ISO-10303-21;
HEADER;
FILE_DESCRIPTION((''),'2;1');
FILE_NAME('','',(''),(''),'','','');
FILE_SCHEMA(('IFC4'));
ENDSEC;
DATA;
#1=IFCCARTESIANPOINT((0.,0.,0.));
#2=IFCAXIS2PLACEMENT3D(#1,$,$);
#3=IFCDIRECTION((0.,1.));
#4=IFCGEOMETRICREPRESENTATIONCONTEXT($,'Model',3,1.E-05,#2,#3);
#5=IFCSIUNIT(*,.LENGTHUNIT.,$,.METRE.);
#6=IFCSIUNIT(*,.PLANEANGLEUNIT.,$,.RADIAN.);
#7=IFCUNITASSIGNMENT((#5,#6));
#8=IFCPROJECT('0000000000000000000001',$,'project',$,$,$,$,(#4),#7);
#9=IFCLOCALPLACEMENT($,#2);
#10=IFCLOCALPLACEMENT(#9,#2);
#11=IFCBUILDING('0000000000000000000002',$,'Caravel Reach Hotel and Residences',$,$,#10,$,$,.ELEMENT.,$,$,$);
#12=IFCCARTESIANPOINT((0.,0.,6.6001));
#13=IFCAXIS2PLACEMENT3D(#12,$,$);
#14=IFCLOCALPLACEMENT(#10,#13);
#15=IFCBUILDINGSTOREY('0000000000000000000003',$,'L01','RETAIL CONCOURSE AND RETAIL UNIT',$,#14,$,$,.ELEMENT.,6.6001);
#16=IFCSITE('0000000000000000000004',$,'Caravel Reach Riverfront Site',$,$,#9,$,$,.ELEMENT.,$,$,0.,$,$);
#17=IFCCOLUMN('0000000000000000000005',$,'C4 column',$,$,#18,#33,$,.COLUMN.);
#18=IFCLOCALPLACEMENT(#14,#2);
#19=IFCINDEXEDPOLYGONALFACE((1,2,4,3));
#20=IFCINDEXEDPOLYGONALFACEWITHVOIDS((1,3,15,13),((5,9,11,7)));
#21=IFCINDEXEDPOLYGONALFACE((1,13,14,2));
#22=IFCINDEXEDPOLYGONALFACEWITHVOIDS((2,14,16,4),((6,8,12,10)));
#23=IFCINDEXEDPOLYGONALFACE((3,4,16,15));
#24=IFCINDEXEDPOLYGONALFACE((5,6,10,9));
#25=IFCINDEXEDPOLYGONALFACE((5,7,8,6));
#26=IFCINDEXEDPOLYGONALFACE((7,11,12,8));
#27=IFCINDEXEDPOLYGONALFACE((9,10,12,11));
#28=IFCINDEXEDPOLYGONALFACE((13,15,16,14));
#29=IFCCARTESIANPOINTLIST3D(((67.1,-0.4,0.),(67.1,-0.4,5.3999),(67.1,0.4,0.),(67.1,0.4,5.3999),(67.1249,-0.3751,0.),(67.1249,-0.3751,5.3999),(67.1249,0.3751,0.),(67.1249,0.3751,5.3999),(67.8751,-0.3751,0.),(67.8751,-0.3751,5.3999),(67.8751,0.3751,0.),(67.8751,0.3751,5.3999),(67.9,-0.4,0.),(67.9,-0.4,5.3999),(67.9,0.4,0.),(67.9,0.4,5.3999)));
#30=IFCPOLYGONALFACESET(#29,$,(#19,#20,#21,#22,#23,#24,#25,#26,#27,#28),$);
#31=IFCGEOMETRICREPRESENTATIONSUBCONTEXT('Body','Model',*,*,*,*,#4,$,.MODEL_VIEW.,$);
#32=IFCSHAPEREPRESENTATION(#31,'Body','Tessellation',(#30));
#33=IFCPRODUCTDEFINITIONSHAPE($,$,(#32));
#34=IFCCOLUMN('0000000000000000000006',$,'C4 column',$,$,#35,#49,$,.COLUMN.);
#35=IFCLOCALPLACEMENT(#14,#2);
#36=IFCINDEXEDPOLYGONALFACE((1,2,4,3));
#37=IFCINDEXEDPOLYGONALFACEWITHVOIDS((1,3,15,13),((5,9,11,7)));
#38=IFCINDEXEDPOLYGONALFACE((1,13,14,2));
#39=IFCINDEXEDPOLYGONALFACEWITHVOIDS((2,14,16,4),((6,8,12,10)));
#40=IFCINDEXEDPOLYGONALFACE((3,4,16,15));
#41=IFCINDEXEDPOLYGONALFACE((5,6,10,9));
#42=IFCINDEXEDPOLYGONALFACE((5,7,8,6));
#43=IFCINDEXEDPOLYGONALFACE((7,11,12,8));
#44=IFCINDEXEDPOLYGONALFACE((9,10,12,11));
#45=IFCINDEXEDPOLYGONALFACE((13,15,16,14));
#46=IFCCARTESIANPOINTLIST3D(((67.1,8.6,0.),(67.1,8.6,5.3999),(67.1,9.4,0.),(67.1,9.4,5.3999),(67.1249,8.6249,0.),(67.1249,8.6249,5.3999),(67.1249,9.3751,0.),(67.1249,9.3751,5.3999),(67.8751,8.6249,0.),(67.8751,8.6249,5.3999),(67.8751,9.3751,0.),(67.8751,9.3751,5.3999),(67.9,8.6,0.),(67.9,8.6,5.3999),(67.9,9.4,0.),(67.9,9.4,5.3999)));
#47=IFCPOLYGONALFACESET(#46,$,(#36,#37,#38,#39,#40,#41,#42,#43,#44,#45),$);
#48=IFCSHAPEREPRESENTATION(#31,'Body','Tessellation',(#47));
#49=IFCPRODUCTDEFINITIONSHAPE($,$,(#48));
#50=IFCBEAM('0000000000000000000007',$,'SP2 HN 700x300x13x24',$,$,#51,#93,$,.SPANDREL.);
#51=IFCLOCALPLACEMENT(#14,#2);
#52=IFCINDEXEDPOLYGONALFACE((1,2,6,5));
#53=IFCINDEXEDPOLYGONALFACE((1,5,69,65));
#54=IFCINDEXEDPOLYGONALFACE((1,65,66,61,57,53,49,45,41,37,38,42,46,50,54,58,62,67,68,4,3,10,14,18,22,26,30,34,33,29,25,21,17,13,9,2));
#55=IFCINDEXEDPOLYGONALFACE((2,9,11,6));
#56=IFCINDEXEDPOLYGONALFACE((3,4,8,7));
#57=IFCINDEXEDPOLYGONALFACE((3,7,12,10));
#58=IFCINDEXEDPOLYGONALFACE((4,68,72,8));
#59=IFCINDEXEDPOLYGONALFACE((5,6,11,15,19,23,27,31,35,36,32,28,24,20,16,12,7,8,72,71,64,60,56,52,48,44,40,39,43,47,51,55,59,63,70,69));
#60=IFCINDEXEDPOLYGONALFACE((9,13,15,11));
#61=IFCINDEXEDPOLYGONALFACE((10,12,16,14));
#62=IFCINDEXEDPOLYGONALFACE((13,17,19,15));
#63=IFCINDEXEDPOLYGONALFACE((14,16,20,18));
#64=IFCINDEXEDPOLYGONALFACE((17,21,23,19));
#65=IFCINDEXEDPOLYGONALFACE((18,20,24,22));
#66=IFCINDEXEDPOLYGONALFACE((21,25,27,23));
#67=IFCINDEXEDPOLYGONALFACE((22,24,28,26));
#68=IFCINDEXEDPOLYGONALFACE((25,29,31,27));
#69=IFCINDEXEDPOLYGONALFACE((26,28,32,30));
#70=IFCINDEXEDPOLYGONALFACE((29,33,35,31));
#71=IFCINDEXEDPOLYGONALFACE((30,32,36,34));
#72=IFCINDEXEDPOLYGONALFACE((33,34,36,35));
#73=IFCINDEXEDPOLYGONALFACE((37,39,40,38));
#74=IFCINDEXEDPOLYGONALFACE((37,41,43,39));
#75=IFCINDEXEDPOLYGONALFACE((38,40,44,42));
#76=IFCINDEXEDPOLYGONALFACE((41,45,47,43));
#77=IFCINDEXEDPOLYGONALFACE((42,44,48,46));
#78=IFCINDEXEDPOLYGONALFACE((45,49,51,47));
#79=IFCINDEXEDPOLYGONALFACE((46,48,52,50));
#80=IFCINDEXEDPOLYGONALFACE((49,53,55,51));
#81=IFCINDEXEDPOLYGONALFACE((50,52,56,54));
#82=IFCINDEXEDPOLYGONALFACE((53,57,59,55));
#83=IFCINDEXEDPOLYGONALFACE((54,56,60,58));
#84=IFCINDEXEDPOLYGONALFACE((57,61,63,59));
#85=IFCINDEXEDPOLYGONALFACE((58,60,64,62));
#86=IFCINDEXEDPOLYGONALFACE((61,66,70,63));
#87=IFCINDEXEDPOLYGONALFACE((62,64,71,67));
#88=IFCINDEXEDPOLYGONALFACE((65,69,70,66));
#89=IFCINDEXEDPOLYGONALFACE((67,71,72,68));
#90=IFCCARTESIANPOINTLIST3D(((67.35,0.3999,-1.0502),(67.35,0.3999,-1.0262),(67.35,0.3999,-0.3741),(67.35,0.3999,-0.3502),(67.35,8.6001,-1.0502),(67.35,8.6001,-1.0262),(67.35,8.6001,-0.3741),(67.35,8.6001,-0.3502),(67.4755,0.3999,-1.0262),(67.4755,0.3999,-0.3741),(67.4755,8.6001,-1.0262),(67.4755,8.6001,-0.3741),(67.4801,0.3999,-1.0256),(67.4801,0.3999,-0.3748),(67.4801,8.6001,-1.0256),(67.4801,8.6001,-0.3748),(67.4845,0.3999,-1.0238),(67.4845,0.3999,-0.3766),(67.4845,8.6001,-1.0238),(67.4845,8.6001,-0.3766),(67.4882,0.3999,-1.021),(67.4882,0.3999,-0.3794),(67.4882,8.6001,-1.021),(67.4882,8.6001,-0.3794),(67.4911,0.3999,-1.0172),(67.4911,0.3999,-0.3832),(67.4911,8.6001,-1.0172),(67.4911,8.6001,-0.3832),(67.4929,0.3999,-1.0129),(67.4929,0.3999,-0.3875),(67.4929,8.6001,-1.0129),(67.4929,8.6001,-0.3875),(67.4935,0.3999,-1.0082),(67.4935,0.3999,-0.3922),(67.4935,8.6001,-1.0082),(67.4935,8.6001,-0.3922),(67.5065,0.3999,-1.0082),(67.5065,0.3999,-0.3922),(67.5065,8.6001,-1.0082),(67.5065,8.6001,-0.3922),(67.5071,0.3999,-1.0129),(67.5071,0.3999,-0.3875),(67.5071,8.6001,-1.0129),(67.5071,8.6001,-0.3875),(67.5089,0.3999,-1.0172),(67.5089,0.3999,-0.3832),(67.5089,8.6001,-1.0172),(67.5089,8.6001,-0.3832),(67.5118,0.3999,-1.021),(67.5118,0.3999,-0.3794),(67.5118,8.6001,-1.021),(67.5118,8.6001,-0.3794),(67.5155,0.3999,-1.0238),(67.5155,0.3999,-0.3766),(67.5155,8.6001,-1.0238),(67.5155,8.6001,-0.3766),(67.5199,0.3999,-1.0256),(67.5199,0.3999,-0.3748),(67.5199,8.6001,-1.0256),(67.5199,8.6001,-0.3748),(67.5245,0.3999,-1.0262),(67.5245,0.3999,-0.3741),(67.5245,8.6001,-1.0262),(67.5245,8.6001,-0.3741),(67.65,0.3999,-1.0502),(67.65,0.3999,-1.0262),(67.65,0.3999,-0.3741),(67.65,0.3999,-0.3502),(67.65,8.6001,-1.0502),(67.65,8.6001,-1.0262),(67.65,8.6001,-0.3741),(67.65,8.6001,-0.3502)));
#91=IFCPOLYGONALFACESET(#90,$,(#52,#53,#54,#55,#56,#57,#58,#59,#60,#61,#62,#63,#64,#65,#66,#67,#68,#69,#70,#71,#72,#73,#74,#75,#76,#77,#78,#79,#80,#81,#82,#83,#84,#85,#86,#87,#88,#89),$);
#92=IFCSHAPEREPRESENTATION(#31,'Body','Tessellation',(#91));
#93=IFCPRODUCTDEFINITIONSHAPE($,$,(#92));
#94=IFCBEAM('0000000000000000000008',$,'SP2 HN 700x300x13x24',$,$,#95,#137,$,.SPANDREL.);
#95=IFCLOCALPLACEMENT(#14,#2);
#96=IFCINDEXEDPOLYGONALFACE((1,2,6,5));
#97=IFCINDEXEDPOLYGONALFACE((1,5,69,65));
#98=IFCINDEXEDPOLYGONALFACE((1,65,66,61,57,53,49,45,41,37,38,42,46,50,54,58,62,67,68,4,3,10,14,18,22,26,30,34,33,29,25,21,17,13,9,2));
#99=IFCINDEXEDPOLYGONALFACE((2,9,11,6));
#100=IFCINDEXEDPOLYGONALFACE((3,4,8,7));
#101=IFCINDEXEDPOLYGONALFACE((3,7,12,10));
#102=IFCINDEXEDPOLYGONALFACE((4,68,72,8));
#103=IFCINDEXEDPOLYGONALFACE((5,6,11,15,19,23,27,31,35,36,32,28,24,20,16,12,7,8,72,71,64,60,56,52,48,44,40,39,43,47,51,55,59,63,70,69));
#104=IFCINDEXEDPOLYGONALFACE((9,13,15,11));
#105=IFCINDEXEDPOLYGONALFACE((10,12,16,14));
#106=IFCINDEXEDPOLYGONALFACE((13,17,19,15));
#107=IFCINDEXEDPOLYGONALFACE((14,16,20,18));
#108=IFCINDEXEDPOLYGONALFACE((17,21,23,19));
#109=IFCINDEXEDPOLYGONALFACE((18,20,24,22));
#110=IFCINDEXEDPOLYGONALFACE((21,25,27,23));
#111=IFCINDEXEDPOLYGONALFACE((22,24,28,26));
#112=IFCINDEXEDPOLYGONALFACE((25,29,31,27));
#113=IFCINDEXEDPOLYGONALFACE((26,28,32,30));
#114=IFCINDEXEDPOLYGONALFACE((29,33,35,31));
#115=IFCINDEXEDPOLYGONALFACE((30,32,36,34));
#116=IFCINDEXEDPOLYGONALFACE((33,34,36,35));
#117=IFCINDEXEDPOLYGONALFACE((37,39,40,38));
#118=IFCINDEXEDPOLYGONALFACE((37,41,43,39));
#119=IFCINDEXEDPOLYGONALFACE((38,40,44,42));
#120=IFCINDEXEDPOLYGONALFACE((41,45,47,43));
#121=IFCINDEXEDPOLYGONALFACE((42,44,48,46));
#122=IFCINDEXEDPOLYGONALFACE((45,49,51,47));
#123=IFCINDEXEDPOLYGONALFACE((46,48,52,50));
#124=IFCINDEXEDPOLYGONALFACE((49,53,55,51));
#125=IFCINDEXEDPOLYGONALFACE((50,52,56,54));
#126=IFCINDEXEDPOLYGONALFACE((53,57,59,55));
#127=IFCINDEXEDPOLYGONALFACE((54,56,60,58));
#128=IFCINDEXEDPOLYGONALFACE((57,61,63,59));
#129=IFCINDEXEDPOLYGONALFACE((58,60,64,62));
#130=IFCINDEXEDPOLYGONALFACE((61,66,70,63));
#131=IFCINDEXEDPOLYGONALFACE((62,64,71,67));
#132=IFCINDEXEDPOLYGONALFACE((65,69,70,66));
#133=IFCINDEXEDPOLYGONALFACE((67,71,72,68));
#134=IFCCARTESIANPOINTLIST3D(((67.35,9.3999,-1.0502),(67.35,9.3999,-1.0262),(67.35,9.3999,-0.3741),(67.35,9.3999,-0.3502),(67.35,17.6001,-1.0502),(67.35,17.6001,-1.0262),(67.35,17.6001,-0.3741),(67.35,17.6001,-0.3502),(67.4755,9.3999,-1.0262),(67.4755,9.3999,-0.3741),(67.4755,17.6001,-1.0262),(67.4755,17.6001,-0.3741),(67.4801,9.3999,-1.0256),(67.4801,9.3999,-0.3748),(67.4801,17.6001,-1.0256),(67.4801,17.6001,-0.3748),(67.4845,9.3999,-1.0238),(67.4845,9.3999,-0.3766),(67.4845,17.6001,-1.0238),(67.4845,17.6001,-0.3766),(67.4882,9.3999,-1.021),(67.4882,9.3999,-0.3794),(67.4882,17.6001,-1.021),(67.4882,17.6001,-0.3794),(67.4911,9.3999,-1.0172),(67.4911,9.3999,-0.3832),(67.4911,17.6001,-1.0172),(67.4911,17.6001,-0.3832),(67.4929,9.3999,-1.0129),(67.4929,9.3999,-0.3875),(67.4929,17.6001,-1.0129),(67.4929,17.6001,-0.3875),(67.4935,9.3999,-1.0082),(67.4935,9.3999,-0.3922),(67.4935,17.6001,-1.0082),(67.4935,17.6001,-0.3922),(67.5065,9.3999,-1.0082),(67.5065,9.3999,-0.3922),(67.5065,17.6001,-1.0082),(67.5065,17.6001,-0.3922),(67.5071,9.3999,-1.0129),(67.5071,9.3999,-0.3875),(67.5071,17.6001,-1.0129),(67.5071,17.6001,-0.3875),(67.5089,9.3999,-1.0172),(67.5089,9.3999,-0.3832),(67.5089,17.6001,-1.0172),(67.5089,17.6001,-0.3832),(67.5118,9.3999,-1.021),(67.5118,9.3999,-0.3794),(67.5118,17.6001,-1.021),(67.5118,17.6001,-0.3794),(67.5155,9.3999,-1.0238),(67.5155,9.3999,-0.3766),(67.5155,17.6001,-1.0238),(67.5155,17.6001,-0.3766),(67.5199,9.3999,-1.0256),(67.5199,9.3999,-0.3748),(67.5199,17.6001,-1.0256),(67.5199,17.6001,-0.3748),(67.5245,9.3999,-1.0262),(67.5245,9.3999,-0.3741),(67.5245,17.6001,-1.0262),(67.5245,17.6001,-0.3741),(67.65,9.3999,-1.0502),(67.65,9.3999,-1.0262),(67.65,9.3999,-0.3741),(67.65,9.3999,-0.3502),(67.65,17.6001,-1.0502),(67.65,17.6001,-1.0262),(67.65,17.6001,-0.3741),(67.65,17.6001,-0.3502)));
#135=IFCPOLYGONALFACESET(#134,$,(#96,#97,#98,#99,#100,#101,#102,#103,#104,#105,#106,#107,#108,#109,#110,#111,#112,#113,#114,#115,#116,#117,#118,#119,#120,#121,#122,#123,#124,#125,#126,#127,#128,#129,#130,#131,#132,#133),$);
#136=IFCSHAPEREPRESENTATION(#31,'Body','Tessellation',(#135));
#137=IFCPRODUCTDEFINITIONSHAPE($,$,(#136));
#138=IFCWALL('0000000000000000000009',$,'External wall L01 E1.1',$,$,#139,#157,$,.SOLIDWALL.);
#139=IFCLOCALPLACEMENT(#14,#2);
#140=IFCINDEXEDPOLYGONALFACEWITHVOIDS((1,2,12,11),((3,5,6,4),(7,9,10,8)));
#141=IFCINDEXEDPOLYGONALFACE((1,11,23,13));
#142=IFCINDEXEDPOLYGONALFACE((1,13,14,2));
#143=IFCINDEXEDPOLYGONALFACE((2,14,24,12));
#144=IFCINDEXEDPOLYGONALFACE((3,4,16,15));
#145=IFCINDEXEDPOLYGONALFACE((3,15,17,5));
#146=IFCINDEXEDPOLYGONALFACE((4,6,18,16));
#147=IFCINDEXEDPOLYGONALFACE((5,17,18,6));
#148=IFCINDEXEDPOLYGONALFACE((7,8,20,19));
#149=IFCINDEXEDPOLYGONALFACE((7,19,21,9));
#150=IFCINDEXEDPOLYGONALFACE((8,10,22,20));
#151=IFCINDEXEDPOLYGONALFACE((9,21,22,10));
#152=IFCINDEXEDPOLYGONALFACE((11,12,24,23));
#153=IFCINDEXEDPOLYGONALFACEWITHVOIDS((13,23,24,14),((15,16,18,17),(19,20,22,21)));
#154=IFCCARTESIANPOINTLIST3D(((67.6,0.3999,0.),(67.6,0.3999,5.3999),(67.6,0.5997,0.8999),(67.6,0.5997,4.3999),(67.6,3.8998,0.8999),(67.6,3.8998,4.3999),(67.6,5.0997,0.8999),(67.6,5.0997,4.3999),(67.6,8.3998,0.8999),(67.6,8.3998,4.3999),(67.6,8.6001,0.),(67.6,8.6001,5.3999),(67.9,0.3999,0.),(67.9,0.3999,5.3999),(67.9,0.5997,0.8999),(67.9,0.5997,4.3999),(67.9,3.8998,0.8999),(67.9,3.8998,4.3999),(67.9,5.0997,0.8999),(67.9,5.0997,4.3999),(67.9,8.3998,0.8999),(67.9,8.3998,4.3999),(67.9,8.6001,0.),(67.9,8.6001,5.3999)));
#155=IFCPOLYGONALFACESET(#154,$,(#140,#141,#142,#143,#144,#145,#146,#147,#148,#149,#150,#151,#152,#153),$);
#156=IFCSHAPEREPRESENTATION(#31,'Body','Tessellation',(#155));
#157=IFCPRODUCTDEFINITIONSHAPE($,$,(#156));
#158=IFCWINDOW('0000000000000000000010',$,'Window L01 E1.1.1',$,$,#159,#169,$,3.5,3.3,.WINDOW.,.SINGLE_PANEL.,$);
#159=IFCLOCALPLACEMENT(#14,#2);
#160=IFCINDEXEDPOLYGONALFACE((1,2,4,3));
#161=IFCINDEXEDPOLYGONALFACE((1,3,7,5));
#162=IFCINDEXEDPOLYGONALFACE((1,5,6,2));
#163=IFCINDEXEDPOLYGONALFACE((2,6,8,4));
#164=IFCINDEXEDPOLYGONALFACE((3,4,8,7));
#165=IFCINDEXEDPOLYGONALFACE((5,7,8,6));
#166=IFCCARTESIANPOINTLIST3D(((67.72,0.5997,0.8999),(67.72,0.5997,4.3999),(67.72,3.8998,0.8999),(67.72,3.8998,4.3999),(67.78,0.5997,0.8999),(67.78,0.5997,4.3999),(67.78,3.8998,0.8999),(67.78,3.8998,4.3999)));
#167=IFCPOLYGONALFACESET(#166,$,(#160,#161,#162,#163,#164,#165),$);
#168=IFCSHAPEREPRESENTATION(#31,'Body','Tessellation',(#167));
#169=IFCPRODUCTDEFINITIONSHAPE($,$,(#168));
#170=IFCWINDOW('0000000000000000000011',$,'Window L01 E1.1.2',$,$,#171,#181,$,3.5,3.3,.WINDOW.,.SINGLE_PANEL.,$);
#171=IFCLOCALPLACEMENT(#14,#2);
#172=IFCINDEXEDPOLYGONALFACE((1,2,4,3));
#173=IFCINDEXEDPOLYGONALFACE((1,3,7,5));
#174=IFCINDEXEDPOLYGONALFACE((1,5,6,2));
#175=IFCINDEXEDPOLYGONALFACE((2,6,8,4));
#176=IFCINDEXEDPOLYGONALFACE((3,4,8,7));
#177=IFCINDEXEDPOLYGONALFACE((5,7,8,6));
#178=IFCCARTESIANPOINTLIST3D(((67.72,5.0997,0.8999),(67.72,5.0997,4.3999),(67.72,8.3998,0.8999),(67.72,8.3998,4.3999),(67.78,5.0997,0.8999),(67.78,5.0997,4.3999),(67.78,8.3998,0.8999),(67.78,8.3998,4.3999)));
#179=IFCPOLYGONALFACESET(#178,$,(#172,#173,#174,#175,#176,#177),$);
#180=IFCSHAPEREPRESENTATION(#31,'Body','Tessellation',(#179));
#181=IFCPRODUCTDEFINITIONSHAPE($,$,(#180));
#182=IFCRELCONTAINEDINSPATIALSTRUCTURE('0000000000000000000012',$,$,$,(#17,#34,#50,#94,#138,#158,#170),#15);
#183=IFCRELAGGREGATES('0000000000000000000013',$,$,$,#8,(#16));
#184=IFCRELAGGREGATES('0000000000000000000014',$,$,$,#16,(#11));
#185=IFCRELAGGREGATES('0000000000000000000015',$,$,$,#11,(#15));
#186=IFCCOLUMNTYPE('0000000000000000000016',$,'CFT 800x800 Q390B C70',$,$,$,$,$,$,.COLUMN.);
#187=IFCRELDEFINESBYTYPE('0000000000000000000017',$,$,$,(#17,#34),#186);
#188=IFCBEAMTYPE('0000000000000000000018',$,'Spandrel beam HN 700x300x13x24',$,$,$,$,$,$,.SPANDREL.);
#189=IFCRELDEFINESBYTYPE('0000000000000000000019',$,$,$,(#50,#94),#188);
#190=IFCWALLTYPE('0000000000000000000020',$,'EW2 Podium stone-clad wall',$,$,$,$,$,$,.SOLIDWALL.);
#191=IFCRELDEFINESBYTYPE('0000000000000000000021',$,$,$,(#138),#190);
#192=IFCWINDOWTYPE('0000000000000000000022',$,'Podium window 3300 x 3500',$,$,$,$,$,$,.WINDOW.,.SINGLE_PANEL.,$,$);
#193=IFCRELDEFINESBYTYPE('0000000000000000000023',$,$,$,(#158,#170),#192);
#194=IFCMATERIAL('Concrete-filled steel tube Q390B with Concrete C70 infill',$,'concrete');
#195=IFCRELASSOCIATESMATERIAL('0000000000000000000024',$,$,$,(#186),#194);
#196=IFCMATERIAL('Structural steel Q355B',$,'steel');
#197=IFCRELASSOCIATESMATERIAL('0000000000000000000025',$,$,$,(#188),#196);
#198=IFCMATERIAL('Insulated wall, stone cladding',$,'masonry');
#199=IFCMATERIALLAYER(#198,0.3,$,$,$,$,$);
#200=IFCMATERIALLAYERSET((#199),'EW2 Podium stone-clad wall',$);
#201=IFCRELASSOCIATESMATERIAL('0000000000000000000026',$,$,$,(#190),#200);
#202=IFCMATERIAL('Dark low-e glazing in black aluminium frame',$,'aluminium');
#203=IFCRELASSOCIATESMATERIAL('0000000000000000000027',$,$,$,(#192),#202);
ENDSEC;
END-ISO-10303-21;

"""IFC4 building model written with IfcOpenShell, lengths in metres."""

from ifc_helpers import new_model, si_unit, direction, frame, frame_2d, origin, origin_2d, place, context, subcontext, project, spatial, rectangle, hollow_rectangle, i_section, extrude, material, layer, layer_set, material_profile, profile_set, type_object, element, fill, save


model = new_model("IFC4")

# Units and contexts
model_context = context("Model", 3, precision=1e-05, world=origin(), true_north=direction((0.0, 1.0)))
body_context = subcontext(model_context, "Body", "Model", "MODEL_VIEW")
ifc_project = project(units=[si_unit("LENGTHUNIT", "METRE"), si_unit("PLANEANGLEUNIT", "RADIAN")], contexts=[model_context])

# Site, building, storey
site_placement = place(None, origin())
site = spatial("IfcSite", under=ifc_project, at=site_placement, Name="Caravel Reach Riverfront Site", CompositionType="ELEMENT", RefElevation=0.0)
building_placement = place(site_placement, origin())
building = spatial("IfcBuilding", under=site, at=building_placement, Name="Caravel Reach Hotel and Residences", CompositionType="ELEMENT")
storey_placement = place(building_placement, frame((0.0, 0.0, 6.6001)))
storey = spatial("IfcBuildingStorey", under=building, at=storey_placement, Name="L01", Description="RETAIL CONCOURSE AND RETAIL UNIT", CompositionType="ELEMENT", Elevation=6.6001)

# Columns
ifc_material_1 = material(Name="Concrete-filled steel tube Q390B with Concrete C70 infill", Category="concrete")
ifc_material_profile_1 = material_profile(ifc_material_1, hollow_rectangle(XDim=0.8, YDim=0.8, WallThickness=0.0249, at=origin_2d()), Name="RHS 800x800x25")
ifc_profile_set_1 = profile_set([ifc_material_profile_1], Name="Concrete-filled steel tube Q390B with Concrete C70 infill")
column_type = type_object("IfcColumnType", Name="CFT 800x800 Q390B C70", PredefinedType="COLUMN", material=ifc_profile_set_1)
for number, where, z_axis, x_axis, name in (
    (1, (67.5, 0.0, 0.0), (0.0, 0.0, 1.0), (1.0, 0.0, 0.0), "C4 column"),
    (2, (67.5, 9.0, 0.0), (0.0, 0.0, 1.0), (1.0, 0.0, 0.0), "C4 column"),
):
    element("IfcColumn", number, at=place(storey_placement, frame(where, z_axis=z_axis, x_axis=x_axis)), inside=storey, type_object=column_type, Name=name, PredefinedType="COLUMN", context=body_context, shape_type="SweptSolid", body=[
        extrude(hollow_rectangle(XDim=0.8, YDim=0.8, WallThickness=0.0249, at=origin_2d()), origin(), (0.0, 0.0, 1.0), 5.3999),
    ])

# Beams
ifc_material_2 = material(Name="Structural steel Q355B", Category="steel")
ifc_material_profile_2 = material_profile(ifc_material_2, i_section(OverallWidth=0.3, OverallDepth=0.7, WebThickness=0.0129, FlangeThickness=0.0239, FilletRadius=0.0181, at=origin_2d()), Name="HN 700x300x13x24")
ifc_profile_set_2 = profile_set([ifc_material_profile_2], Name="Structural steel Q355B")
beam_type = type_object("IfcBeamType", Name="Spandrel beam HN 700x300x13x24", PredefinedType="SPANDREL", material=ifc_profile_set_2)
for number, where, z_axis, x_axis, name in (
    (3, (67.5, 0.3999, -0.7002), (0.0, 1.0, 0.0), (-1.0, 0.0, 0.0), "SP2 HN 700x300x13x24"),
    (4, (67.5, 9.3999, -0.7002), (0.0, 1.0, 0.0), (-1.0, 0.0, 0.0), "SP2 HN 700x300x13x24"),
):
    element("IfcBeam", number, at=place(storey_placement, frame(where, z_axis=z_axis, x_axis=x_axis)), inside=storey, type_object=beam_type, Name=name, PredefinedType="SPANDREL", context=body_context, shape_type="SweptSolid", body=[
        extrude(i_section(OverallWidth=0.3, OverallDepth=0.7, WebThickness=0.0129, FlangeThickness=0.0239, FilletRadius=0.0181, at=origin_2d()), origin(), (0.0, 0.0, 1.0), 8.2002),
    ])

# Wall, openings, windows
ifc_material_3 = material(Name="Insulated wall, stone cladding", Category="masonry")
ifc_layer_1 = layer(ifc_material_3, 0.3)
ifc_layer_set_1 = layer_set([ifc_layer_1], Name="EW2 Podium stone-clad wall")
wall_type_1 = type_object("IfcWallType", Name="EW2 Podium stone-clad wall", PredefinedType="SOLIDWALL", material=ifc_layer_set_1)
wall_1_placement = place(storey_placement, frame((67.75, 0.3999, 0.0), z_axis=(0.0, 0.0, 1.0), x_axis=(0.0, 1.0, 0.0)))
wall_1 = element("IfcWall", 5, at=wall_1_placement, inside=storey, type_object=wall_type_1, Name="External wall L01 E1.1", PredefinedType="SOLIDWALL", context=body_context, shape_type="SweptSolid", body=[
    extrude(rectangle(XDim=8.2002, YDim=0.3, at=frame_2d((4.1001, 0.0))), origin(), (0.0, 0.0, 1.0), 5.3999),
])
opening_1_placement = place(wall_1_placement, frame((0.2, 0.0, 0.8999)))
opening_1 = element("IfcOpeningElement", 6, at=opening_1_placement, cuts=wall_1, PredefinedType="OPENING", context=body_context, shape_type="SweptSolid", body=[
    extrude(rectangle(XDim=3.3, YDim=3.5, at=frame_2d((1.6499, 1.75))), frame((0.0, 0.1599, 0.0), z_axis=(0.0, -1.0, 0.0), x_axis=(1.0, 0.0, 0.0)), (0.0, 0.0, 1.0), 0.3201),
])
opening_2_placement = place(wall_1_placement, frame((4.7, 0.0, 0.8999)))
opening_2 = element("IfcOpeningElement", 7, at=opening_2_placement, cuts=wall_1, PredefinedType="OPENING", context=body_context, shape_type="SweptSolid", body=[
    extrude(rectangle(XDim=3.3, YDim=3.5, at=frame_2d((1.6499, 1.75))), frame((0.0, 0.1599, 0.0), z_axis=(0.0, -1.0, 0.0), x_axis=(1.0, 0.0, 0.0)), (0.0, 0.0, 1.0), 0.3201),
])
ifc_material_4 = material(Name="Dark low-e glazing in black aluminium frame", Category="aluminium")
window_type = type_object("IfcWindowType", Name="Podium window 3300 x 3500", PartitioningType="SINGLE_PANEL", PredefinedType="WINDOW", material=ifc_material_4)
window_1_placement = place(opening_1_placement, origin())
window_1 = element("IfcWindow", 8, at=window_1_placement, inside=storey, type_object=window_type, Name="Window L01 E1.1.1", OverallHeight=3.5, OverallWidth=3.3, PartitioningType="SINGLE_PANEL", PredefinedType="WINDOW", context=body_context, shape_type="SweptSolid", body=[
    extrude(rectangle(XDim=3.3, YDim=3.5, at=frame_2d((1.6499, 1.75))), frame((0.0, 0.03, 0.0), z_axis=(0.0, -1.0, 0.0), x_axis=(1.0, 0.0, 0.0)), (0.0, 0.0, 1.0), 0.0601),
])
fill(opening_1, window_1)
window_2_placement = place(opening_2_placement, origin())
window_2 = element("IfcWindow", 9, at=window_2_placement, inside=storey, type_object=window_type, Name="Window L01 E1.1.2", OverallHeight=3.5, OverallWidth=3.3, PartitioningType="SINGLE_PANEL", PredefinedType="WINDOW", context=body_context, shape_type="SweptSolid", body=[
    extrude(rectangle(XDim=3.3, YDim=3.5, at=frame_2d((1.6499, 1.75))), frame((0.0, 0.03, 0.0), z_axis=(0.0, -1.0, 0.0), x_axis=(1.0, 0.0, 0.0)), (0.0, 0.0, 1.0), 0.0601),
])
fill(opening_2, window_2)

save(model, "model.ifc")
